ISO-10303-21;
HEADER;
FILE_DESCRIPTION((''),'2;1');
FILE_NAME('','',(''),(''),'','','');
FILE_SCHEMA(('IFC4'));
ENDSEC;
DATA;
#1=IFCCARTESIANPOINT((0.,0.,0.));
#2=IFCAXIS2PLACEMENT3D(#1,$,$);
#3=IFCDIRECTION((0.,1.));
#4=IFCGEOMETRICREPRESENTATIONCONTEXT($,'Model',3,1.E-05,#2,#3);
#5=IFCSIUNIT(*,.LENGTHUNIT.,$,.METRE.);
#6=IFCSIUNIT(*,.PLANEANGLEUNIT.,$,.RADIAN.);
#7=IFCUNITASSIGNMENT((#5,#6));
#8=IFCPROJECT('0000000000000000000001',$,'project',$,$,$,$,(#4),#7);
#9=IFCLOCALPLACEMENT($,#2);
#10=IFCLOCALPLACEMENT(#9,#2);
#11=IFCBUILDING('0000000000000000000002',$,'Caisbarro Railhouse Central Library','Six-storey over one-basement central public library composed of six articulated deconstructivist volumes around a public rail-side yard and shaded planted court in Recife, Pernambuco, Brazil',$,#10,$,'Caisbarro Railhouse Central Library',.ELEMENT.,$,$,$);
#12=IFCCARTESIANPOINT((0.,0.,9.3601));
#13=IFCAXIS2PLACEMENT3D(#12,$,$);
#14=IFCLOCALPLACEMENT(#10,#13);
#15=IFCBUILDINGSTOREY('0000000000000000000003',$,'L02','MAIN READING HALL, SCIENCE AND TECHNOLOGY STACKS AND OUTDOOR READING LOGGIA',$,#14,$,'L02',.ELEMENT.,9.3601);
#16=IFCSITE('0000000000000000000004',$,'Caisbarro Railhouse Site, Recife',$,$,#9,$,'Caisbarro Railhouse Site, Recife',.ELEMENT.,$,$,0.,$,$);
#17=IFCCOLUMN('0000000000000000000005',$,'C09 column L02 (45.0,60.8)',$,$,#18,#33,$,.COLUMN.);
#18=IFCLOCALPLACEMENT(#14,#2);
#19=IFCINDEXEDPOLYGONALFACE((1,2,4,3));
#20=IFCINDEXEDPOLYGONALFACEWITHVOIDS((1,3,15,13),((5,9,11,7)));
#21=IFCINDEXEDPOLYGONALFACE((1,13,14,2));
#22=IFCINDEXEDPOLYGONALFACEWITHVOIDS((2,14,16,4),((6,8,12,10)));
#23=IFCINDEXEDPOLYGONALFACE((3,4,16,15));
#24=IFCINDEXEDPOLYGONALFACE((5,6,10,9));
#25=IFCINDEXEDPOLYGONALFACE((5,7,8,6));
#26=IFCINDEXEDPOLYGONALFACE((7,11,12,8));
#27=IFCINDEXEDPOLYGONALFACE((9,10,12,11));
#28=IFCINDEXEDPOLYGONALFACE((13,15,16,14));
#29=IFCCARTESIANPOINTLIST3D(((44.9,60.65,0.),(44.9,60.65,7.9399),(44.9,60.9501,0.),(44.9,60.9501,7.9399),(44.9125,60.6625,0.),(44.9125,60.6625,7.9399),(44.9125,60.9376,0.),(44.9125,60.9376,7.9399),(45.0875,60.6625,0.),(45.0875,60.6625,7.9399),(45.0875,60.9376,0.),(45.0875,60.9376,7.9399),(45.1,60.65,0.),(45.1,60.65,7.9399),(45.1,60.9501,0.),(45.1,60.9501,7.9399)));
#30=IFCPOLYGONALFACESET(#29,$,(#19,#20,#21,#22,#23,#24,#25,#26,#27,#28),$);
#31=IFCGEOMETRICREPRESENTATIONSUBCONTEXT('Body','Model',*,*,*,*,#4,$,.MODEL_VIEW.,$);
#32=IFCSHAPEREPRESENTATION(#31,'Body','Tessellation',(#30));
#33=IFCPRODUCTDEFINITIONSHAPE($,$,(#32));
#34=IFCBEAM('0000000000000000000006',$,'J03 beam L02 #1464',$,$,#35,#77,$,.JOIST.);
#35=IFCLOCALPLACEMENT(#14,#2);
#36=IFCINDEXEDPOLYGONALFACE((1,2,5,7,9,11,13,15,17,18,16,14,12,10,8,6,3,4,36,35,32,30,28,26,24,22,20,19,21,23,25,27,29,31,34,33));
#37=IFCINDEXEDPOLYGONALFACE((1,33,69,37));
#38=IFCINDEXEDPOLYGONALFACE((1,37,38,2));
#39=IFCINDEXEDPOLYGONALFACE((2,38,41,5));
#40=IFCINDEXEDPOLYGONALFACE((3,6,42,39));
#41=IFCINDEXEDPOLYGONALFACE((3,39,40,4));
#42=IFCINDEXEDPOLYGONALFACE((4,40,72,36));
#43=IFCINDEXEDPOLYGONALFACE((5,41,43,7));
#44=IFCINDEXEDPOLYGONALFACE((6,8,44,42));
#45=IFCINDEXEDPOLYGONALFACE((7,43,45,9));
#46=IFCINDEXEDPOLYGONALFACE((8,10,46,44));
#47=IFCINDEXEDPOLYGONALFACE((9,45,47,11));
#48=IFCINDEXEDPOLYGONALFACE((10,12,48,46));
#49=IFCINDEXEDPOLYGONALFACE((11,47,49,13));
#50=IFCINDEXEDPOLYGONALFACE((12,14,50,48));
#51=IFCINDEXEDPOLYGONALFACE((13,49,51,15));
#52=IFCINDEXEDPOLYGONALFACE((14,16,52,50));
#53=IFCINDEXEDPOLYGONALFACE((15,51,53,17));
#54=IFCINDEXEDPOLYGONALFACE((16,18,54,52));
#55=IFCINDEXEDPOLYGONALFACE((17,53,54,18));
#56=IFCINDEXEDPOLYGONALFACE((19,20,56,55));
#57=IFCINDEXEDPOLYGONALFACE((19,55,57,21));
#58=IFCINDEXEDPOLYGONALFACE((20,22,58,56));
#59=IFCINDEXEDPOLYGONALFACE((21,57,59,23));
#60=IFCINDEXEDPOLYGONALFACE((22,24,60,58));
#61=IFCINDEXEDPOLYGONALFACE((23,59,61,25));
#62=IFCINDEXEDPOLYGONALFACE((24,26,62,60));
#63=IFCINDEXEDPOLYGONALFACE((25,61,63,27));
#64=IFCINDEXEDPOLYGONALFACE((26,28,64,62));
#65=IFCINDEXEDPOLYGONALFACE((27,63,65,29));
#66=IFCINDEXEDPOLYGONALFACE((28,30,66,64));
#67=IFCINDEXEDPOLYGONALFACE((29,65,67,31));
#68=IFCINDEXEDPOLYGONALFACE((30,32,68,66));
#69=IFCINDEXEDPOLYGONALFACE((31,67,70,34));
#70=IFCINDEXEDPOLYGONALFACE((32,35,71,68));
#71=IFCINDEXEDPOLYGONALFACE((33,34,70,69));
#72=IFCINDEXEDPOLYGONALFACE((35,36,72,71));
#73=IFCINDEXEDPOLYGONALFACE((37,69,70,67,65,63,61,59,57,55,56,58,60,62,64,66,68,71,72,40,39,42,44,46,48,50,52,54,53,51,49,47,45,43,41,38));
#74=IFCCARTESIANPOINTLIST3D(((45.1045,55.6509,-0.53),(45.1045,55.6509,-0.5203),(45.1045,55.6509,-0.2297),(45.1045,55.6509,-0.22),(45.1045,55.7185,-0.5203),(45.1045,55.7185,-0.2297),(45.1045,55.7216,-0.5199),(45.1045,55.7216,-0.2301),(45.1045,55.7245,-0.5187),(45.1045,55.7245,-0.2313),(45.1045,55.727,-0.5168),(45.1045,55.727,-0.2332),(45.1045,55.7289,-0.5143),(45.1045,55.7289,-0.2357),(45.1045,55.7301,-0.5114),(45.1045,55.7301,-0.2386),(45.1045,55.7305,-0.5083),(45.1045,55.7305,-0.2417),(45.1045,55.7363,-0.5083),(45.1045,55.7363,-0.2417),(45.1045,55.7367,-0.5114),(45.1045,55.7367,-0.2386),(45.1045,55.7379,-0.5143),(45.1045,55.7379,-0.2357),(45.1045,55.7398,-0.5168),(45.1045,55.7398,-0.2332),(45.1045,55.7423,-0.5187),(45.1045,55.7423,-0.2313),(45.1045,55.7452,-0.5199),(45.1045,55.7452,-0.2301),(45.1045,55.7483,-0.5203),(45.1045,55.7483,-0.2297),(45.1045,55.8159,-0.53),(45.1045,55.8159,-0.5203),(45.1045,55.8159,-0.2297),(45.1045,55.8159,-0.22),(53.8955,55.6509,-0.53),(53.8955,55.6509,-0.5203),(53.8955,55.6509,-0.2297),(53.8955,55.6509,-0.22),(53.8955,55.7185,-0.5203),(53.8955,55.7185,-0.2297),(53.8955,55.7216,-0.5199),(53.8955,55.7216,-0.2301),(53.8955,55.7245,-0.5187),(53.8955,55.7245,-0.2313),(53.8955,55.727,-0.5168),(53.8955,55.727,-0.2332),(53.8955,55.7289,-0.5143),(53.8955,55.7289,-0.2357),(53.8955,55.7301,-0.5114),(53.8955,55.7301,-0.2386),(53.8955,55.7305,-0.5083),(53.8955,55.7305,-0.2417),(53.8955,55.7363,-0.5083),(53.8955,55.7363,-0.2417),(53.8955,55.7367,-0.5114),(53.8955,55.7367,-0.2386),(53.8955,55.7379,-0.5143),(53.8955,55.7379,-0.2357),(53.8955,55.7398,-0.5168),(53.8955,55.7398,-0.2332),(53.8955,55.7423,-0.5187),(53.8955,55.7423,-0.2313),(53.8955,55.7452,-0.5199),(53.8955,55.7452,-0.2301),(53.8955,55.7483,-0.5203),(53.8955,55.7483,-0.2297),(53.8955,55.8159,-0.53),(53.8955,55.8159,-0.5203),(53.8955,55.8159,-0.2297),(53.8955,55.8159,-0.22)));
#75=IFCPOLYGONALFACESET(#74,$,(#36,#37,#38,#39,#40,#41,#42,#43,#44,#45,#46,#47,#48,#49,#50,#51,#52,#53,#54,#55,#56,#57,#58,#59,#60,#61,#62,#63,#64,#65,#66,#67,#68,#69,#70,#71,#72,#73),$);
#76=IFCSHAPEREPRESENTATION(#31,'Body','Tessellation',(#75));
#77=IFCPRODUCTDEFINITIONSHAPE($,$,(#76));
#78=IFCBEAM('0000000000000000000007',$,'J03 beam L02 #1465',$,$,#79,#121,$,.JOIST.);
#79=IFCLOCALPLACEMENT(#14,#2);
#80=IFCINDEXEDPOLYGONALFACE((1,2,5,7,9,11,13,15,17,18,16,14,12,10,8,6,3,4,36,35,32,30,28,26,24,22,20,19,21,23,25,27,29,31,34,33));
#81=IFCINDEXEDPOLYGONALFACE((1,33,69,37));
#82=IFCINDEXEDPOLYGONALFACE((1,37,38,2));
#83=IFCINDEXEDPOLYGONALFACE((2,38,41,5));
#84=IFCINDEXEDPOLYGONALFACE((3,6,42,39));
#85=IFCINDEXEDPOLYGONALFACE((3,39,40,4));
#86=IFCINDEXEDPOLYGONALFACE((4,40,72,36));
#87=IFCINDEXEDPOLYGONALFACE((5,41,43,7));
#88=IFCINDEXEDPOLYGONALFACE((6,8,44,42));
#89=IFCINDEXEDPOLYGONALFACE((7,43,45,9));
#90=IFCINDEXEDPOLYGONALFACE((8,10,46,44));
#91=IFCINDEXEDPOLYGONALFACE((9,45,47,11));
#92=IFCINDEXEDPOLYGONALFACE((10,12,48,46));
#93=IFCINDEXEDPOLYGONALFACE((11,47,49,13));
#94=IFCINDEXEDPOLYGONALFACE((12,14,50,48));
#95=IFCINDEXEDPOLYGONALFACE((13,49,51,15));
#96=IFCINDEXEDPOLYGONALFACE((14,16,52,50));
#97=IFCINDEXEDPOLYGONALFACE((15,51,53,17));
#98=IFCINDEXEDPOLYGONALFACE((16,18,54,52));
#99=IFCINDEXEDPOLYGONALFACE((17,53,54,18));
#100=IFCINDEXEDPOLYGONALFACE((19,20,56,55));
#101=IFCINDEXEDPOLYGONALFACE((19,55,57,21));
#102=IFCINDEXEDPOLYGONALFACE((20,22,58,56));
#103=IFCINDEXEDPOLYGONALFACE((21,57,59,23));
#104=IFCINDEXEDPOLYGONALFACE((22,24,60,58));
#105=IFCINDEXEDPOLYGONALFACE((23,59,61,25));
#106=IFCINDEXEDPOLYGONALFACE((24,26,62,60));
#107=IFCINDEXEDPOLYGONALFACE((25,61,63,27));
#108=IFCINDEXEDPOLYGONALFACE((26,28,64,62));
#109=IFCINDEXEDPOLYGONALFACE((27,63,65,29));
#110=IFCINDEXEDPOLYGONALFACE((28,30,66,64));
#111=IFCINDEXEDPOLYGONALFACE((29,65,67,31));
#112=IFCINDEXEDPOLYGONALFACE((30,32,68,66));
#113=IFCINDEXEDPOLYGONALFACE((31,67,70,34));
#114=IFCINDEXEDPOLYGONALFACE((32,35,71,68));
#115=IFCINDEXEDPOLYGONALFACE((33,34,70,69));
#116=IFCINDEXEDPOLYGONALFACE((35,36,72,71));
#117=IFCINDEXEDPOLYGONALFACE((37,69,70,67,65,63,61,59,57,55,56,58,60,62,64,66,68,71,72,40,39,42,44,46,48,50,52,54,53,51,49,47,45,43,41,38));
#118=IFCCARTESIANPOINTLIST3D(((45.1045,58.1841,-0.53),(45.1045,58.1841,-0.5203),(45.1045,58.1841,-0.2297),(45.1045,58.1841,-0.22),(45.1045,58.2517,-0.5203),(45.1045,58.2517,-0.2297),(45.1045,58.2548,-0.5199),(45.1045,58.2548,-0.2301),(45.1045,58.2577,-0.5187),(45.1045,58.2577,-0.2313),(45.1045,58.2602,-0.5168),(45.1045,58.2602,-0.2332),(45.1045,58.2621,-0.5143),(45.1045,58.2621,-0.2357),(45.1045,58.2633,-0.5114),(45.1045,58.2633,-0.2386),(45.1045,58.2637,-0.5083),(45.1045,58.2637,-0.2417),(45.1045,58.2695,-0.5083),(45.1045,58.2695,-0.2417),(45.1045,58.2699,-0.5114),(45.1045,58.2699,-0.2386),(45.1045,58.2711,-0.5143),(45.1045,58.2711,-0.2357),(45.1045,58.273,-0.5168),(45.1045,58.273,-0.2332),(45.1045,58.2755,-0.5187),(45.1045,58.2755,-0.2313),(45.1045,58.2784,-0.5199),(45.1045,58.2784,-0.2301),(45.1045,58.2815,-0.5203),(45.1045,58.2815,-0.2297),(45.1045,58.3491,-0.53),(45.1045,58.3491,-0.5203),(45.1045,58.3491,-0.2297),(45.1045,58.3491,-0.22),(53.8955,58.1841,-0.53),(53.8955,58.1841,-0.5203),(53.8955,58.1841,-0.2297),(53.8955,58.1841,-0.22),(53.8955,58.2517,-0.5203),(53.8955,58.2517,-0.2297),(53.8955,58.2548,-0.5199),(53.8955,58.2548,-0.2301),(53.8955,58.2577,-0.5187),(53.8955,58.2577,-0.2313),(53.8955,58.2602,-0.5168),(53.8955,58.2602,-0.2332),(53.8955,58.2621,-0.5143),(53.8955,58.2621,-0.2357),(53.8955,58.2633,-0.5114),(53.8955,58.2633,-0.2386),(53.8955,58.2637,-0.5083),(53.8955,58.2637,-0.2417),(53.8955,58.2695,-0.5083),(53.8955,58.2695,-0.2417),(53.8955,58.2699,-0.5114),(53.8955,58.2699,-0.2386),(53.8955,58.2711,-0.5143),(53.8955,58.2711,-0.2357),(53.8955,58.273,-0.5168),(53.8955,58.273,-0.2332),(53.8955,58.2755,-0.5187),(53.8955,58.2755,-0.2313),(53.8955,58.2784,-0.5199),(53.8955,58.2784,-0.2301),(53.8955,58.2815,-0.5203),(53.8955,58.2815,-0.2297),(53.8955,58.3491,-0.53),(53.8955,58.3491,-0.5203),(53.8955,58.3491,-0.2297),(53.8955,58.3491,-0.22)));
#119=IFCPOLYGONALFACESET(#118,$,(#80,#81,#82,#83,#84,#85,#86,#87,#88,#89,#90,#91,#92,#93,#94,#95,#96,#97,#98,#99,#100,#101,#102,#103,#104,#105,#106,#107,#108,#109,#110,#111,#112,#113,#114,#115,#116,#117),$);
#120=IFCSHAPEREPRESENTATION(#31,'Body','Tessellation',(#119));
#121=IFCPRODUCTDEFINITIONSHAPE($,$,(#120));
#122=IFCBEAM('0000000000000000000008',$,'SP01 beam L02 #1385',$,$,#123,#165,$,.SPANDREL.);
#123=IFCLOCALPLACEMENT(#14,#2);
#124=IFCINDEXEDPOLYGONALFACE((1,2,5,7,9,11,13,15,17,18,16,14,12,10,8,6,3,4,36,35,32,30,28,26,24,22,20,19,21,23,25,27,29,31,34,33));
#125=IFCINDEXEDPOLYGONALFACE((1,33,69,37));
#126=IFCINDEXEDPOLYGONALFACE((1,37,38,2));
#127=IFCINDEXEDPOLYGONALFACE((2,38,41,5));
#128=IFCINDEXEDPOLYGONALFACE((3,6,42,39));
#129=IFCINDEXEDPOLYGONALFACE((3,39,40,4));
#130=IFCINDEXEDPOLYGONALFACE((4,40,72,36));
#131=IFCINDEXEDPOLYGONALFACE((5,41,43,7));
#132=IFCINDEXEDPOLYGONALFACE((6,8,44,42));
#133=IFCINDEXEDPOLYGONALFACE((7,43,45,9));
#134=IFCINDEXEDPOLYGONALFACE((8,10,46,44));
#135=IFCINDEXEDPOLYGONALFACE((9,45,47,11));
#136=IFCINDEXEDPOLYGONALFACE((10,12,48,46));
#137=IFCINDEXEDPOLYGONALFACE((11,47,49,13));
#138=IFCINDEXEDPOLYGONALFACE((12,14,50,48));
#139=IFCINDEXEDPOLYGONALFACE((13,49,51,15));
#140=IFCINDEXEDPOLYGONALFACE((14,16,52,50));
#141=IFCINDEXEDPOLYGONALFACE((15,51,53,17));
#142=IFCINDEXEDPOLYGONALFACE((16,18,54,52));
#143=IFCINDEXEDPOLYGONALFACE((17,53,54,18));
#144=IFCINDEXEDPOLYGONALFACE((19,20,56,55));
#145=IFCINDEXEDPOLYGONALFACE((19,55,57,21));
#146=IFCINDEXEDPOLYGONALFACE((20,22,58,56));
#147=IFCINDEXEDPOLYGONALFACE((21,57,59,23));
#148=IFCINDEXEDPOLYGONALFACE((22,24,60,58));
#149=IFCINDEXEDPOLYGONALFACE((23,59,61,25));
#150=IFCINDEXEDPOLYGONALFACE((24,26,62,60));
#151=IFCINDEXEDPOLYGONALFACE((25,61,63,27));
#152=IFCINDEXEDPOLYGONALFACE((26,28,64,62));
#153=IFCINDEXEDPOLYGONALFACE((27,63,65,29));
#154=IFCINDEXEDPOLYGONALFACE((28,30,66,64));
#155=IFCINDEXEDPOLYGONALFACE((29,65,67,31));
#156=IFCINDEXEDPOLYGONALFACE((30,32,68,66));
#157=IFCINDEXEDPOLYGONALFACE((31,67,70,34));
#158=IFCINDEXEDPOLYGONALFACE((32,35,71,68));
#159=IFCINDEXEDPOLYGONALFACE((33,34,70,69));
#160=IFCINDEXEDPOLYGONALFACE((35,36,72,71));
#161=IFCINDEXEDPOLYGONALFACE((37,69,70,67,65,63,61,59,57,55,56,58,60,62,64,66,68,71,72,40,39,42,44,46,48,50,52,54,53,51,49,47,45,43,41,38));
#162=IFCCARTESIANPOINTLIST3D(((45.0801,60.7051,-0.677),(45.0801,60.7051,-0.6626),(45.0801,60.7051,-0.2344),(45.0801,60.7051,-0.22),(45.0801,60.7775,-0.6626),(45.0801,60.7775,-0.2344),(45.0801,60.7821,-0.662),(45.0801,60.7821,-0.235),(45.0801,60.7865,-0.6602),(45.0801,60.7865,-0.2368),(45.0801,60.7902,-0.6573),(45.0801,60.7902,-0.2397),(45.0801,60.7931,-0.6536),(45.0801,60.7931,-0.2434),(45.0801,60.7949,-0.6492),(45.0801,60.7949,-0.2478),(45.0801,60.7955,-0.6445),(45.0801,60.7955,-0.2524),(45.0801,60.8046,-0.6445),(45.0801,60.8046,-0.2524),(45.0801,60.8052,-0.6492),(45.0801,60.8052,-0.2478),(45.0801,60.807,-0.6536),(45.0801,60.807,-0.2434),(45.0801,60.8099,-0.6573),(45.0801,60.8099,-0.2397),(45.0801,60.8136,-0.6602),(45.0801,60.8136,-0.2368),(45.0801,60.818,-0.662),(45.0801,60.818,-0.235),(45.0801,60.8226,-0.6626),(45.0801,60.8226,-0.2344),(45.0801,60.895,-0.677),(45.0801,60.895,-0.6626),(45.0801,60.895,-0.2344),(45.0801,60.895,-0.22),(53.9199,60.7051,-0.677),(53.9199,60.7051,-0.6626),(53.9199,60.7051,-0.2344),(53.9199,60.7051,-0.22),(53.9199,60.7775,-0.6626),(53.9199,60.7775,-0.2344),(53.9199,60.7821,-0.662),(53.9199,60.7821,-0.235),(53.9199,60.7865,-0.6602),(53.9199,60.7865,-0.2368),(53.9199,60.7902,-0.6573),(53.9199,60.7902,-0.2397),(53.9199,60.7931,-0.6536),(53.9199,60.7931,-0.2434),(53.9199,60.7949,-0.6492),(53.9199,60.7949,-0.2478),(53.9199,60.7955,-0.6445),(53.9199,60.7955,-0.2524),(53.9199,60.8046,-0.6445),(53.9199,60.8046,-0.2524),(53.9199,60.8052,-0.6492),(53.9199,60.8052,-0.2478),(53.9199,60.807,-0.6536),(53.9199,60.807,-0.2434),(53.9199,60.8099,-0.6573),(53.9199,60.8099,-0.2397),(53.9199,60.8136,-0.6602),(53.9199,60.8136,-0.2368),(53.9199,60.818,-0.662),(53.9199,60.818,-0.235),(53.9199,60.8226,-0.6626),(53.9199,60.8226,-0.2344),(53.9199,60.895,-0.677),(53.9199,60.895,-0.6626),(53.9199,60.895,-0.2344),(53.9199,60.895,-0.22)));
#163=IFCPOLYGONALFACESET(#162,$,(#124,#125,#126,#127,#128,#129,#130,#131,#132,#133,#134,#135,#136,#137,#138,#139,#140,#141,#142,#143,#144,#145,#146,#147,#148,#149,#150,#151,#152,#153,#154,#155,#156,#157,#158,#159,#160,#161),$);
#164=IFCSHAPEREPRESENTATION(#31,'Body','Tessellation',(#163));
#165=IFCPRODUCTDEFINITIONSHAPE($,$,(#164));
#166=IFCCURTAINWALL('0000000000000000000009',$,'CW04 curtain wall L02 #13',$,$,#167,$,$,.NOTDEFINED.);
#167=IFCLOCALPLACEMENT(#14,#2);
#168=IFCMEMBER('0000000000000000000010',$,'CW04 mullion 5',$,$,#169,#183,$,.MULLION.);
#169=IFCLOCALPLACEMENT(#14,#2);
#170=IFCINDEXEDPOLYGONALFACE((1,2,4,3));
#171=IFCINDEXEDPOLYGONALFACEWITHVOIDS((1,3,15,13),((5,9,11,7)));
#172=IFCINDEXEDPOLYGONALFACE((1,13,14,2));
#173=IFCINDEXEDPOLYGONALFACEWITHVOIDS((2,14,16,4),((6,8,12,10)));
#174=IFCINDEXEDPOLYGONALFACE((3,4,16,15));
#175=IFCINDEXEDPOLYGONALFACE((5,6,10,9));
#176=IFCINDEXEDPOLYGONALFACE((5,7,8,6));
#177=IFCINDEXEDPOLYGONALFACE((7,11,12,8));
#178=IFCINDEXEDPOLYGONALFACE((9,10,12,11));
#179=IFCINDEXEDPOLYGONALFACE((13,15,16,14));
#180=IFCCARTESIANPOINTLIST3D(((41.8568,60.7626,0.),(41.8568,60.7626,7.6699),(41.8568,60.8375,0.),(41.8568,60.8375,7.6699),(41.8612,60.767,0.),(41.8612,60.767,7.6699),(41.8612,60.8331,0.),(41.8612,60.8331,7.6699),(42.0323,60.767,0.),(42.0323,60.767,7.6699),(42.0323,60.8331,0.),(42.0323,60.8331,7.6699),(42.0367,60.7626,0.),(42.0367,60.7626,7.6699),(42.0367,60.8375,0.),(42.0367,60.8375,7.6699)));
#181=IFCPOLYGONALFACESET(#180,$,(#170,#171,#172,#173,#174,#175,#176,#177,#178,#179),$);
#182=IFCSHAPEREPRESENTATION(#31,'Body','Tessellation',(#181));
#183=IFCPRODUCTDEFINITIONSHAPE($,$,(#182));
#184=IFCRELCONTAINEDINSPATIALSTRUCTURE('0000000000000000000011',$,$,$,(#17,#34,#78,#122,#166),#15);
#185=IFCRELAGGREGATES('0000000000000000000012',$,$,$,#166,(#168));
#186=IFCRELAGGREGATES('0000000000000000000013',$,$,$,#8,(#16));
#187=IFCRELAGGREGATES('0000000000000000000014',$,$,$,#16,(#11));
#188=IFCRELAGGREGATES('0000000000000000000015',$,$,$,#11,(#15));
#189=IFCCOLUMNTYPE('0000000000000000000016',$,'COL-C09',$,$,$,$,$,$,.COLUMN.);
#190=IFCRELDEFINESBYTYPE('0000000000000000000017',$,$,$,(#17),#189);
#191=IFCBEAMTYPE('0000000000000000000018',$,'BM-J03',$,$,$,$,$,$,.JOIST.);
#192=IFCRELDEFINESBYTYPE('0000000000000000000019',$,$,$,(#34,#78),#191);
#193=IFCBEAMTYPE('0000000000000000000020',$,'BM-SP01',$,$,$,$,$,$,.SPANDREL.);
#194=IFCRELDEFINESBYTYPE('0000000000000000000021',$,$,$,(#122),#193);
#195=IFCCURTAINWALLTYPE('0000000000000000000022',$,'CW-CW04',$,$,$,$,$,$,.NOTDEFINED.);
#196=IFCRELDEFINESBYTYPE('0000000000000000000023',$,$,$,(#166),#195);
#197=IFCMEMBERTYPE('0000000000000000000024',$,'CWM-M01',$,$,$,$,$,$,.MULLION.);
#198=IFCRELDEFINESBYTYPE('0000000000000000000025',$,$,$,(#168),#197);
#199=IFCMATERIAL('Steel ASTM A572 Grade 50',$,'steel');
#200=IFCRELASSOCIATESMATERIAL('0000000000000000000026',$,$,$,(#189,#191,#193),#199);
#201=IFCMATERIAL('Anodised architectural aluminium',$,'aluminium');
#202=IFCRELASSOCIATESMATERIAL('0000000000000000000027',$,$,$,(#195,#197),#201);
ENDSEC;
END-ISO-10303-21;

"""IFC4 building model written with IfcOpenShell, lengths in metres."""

from ifc_helpers import new_model, si_unit, direction, frame, origin, origin_2d, place, context, subcontext, project, spatial, hollow_rectangle, i_section, extrude, material, material_profile, profile_set, type_object, element, aggregate, save


model = new_model("IFC4")

# Units and contexts
model_context = context("Model", 3, precision=1e-05, world=origin(), true_north=direction((0.0, 1.0)))
body_context = subcontext(model_context, "Body", "Model", "MODEL_VIEW")
ifc_project = project(units=[si_unit("LENGTHUNIT", "METRE"), si_unit("PLANEANGLEUNIT", "RADIAN")], contexts=[model_context])

# Site, building, storey
site_placement = place(None, origin())
site = spatial("IfcSite", under=ifc_project, at=site_placement, Name="Caisbarro Railhouse Site, Recife", LongName="Caisbarro Railhouse Site, Recife", CompositionType="ELEMENT", RefElevation=0.0)
building_placement = place(site_placement, origin())
building = spatial("IfcBuilding", under=site, at=building_placement, Name="Caisbarro Railhouse Central Library", Description="Six-storey over one-basement central public library composed of six articulated deconstructivist volumes around a public rail-side yard and shaded planted court in Recife, Pernambuco, Brazil", LongName="Caisbarro Railhouse Central Library", CompositionType="ELEMENT")
storey_placement = place(building_placement, frame((0.0, 0.0, 9.3601)))
storey = spatial("IfcBuildingStorey", under=building, at=storey_placement, Name="L02", Description="MAIN READING HALL, SCIENCE AND TECHNOLOGY STACKS AND OUTDOOR READING LOGGIA", LongName="L02", CompositionType="ELEMENT", Elevation=9.3601)

# Column
ifc_material_1 = material(Name="Steel ASTM A572 Grade 50", Category="steel")
ifc_material_profile_1 = material_profile(ifc_material_1, hollow_rectangle(XDim=0.2, YDim=0.3, WallThickness=0.0125, at=origin_2d()), Name="HSS300X200X12.5")
ifc_profile_set_1 = profile_set([ifc_material_profile_1], Name="Steel ASTM A572 Grade 50")
column_type = type_object("IfcColumnType", Name="COL-C09", PredefinedType="COLUMN", material=ifc_profile_set_1)
column_placement = place(storey_placement, frame((45.0, 60.8, 0.0), z_axis=(0.0, 0.0, 1.0), x_axis=(1.0, 0.0, 0.0)))
element("IfcColumn", 1, at=column_placement, inside=storey, type_object=column_type, Name="C09 column L02 (45.0,60.8)", PredefinedType="COLUMN", context=body_context, shape_type="SweptSolid", body=[
    extrude(hollow_rectangle(XDim=0.2, YDim=0.3, WallThickness=0.0125, at=origin_2d()), origin(), (0.0, 0.0, 1.0), 7.9399),
])

# Beams
ifc_material_profile_2 = material_profile(ifc_material_1, i_section(OverallWidth=0.165, OverallDepth=0.3101, WebThickness=0.0059, FlangeThickness=0.0098, FilletRadius=0.012, at=origin_2d()), Name="W310X38.7")
ifc_profile_set_2 = profile_set([ifc_material_profile_2], Name="Steel ASTM A572 Grade 50")
beam_type_1 = type_object("IfcBeamType", Name="BM-J03", PredefinedType="JOIST", material=ifc_profile_set_2)
for number, where, z_axis, x_axis, name in (
    (2, (45.1045, 55.7334, -0.375), (1.0, 0.0, 0.0), (0.0, 1.0, 0.0), "J03 beam L02 #1464"),
    (3, (45.1045, 58.2666, -0.375), (1.0, 0.0, 0.0), (0.0, 1.0, 0.0), "J03 beam L02 #1465"),
):
    element("IfcBeam", number, at=place(storey_placement, frame(where, z_axis=z_axis, x_axis=x_axis)), inside=storey, type_object=beam_type_1, Name=name, PredefinedType="JOIST", context=body_context, shape_type="SweptSolid", body=[
        extrude(i_section(OverallWidth=0.165, OverallDepth=0.3101, WebThickness=0.0059, FlangeThickness=0.0098, FilletRadius=0.012, at=origin_2d()), origin(), (0.0, 0.0, 1.0), 8.791),
    ])
ifc_material_profile_3 = material_profile(ifc_material_1, i_section(OverallWidth=0.1899, OverallDepth=0.457, WebThickness=0.009, FlangeThickness=0.0144, FilletRadius=0.0181, at=origin_2d()), Name="W460X74.0")
ifc_profile_set_3 = profile_set([ifc_material_profile_3], Name="Steel ASTM A572 Grade 50")
beam_type_2 = type_object("IfcBeamType", Name="BM-SP01", PredefinedType="SPANDREL", material=ifc_profile_set_3)
beam_placement = place(storey_placement, frame((45.0801, 60.8, -0.4485), z_axis=(1.0, 0.0, 0.0), x_axis=(0.0, 1.0, 0.0)))
element("IfcBeam", 4, at=beam_placement, inside=storey, type_object=beam_type_2, Name="SP01 beam L02 #1385", PredefinedType="SPANDREL", context=body_context, shape_type="SweptSolid", body=[
    extrude(i_section(OverallWidth=0.1899, OverallDepth=0.457, WebThickness=0.009, FlangeThickness=0.0144, FilletRadius=0.0181, at=origin_2d()), origin(), (0.0, 0.0, 1.0), 8.8398),
])

# Curtain wall, member
ifc_material_2 = material(Name="Anodised architectural aluminium", Category="aluminium")
curtain_wall_type = type_object("IfcCurtainWallType", Name="CW-CW04", PredefinedType="NOTDEFINED", material=ifc_material_2)
curtain_wall_1_placement = place(storey_placement, origin())
curtain_wall_1 = element("IfcCurtainWall", 5, at=curtain_wall_1_placement, inside=storey, type_object=curtain_wall_type, Name="CW04 curtain wall L02 #13", PredefinedType="NOTDEFINED")
ifc_material_profile_4 = material_profile(ifc_material_2, hollow_rectangle(XDim=0.075, YDim=0.1799, WallThickness=0.0044, at=origin_2d()), Name="ALU-MUL-75X180")
ifc_profile_set_4 = profile_set([ifc_material_profile_4], Name="Anodised architectural aluminium")
member_type_1 = type_object("IfcMemberType", Name="CWM-M01", PredefinedType="MULLION", material=ifc_profile_set_4)
member_1_placement = place(storey_placement, frame((41.9468, 60.8, 0.0), z_axis=(0.0, 0.0, 1.0), x_axis=(0.0, 1.0, 0.0)))
member_1 = element("IfcMember", 6, at=member_1_placement, type_object=member_type_1, Name="CW04 mullion 5", PredefinedType="MULLION", context=body_context, shape_type="SweptSolid", body=[
    extrude(hollow_rectangle(XDim=0.075, YDim=0.1799, WallThickness=0.0044, at=origin_2d()), origin(), (0.0, 0.0, 1.0), 7.6699),
])

aggregate(curtain_wall_1, [member_1])

save(model, "model.ifc")
